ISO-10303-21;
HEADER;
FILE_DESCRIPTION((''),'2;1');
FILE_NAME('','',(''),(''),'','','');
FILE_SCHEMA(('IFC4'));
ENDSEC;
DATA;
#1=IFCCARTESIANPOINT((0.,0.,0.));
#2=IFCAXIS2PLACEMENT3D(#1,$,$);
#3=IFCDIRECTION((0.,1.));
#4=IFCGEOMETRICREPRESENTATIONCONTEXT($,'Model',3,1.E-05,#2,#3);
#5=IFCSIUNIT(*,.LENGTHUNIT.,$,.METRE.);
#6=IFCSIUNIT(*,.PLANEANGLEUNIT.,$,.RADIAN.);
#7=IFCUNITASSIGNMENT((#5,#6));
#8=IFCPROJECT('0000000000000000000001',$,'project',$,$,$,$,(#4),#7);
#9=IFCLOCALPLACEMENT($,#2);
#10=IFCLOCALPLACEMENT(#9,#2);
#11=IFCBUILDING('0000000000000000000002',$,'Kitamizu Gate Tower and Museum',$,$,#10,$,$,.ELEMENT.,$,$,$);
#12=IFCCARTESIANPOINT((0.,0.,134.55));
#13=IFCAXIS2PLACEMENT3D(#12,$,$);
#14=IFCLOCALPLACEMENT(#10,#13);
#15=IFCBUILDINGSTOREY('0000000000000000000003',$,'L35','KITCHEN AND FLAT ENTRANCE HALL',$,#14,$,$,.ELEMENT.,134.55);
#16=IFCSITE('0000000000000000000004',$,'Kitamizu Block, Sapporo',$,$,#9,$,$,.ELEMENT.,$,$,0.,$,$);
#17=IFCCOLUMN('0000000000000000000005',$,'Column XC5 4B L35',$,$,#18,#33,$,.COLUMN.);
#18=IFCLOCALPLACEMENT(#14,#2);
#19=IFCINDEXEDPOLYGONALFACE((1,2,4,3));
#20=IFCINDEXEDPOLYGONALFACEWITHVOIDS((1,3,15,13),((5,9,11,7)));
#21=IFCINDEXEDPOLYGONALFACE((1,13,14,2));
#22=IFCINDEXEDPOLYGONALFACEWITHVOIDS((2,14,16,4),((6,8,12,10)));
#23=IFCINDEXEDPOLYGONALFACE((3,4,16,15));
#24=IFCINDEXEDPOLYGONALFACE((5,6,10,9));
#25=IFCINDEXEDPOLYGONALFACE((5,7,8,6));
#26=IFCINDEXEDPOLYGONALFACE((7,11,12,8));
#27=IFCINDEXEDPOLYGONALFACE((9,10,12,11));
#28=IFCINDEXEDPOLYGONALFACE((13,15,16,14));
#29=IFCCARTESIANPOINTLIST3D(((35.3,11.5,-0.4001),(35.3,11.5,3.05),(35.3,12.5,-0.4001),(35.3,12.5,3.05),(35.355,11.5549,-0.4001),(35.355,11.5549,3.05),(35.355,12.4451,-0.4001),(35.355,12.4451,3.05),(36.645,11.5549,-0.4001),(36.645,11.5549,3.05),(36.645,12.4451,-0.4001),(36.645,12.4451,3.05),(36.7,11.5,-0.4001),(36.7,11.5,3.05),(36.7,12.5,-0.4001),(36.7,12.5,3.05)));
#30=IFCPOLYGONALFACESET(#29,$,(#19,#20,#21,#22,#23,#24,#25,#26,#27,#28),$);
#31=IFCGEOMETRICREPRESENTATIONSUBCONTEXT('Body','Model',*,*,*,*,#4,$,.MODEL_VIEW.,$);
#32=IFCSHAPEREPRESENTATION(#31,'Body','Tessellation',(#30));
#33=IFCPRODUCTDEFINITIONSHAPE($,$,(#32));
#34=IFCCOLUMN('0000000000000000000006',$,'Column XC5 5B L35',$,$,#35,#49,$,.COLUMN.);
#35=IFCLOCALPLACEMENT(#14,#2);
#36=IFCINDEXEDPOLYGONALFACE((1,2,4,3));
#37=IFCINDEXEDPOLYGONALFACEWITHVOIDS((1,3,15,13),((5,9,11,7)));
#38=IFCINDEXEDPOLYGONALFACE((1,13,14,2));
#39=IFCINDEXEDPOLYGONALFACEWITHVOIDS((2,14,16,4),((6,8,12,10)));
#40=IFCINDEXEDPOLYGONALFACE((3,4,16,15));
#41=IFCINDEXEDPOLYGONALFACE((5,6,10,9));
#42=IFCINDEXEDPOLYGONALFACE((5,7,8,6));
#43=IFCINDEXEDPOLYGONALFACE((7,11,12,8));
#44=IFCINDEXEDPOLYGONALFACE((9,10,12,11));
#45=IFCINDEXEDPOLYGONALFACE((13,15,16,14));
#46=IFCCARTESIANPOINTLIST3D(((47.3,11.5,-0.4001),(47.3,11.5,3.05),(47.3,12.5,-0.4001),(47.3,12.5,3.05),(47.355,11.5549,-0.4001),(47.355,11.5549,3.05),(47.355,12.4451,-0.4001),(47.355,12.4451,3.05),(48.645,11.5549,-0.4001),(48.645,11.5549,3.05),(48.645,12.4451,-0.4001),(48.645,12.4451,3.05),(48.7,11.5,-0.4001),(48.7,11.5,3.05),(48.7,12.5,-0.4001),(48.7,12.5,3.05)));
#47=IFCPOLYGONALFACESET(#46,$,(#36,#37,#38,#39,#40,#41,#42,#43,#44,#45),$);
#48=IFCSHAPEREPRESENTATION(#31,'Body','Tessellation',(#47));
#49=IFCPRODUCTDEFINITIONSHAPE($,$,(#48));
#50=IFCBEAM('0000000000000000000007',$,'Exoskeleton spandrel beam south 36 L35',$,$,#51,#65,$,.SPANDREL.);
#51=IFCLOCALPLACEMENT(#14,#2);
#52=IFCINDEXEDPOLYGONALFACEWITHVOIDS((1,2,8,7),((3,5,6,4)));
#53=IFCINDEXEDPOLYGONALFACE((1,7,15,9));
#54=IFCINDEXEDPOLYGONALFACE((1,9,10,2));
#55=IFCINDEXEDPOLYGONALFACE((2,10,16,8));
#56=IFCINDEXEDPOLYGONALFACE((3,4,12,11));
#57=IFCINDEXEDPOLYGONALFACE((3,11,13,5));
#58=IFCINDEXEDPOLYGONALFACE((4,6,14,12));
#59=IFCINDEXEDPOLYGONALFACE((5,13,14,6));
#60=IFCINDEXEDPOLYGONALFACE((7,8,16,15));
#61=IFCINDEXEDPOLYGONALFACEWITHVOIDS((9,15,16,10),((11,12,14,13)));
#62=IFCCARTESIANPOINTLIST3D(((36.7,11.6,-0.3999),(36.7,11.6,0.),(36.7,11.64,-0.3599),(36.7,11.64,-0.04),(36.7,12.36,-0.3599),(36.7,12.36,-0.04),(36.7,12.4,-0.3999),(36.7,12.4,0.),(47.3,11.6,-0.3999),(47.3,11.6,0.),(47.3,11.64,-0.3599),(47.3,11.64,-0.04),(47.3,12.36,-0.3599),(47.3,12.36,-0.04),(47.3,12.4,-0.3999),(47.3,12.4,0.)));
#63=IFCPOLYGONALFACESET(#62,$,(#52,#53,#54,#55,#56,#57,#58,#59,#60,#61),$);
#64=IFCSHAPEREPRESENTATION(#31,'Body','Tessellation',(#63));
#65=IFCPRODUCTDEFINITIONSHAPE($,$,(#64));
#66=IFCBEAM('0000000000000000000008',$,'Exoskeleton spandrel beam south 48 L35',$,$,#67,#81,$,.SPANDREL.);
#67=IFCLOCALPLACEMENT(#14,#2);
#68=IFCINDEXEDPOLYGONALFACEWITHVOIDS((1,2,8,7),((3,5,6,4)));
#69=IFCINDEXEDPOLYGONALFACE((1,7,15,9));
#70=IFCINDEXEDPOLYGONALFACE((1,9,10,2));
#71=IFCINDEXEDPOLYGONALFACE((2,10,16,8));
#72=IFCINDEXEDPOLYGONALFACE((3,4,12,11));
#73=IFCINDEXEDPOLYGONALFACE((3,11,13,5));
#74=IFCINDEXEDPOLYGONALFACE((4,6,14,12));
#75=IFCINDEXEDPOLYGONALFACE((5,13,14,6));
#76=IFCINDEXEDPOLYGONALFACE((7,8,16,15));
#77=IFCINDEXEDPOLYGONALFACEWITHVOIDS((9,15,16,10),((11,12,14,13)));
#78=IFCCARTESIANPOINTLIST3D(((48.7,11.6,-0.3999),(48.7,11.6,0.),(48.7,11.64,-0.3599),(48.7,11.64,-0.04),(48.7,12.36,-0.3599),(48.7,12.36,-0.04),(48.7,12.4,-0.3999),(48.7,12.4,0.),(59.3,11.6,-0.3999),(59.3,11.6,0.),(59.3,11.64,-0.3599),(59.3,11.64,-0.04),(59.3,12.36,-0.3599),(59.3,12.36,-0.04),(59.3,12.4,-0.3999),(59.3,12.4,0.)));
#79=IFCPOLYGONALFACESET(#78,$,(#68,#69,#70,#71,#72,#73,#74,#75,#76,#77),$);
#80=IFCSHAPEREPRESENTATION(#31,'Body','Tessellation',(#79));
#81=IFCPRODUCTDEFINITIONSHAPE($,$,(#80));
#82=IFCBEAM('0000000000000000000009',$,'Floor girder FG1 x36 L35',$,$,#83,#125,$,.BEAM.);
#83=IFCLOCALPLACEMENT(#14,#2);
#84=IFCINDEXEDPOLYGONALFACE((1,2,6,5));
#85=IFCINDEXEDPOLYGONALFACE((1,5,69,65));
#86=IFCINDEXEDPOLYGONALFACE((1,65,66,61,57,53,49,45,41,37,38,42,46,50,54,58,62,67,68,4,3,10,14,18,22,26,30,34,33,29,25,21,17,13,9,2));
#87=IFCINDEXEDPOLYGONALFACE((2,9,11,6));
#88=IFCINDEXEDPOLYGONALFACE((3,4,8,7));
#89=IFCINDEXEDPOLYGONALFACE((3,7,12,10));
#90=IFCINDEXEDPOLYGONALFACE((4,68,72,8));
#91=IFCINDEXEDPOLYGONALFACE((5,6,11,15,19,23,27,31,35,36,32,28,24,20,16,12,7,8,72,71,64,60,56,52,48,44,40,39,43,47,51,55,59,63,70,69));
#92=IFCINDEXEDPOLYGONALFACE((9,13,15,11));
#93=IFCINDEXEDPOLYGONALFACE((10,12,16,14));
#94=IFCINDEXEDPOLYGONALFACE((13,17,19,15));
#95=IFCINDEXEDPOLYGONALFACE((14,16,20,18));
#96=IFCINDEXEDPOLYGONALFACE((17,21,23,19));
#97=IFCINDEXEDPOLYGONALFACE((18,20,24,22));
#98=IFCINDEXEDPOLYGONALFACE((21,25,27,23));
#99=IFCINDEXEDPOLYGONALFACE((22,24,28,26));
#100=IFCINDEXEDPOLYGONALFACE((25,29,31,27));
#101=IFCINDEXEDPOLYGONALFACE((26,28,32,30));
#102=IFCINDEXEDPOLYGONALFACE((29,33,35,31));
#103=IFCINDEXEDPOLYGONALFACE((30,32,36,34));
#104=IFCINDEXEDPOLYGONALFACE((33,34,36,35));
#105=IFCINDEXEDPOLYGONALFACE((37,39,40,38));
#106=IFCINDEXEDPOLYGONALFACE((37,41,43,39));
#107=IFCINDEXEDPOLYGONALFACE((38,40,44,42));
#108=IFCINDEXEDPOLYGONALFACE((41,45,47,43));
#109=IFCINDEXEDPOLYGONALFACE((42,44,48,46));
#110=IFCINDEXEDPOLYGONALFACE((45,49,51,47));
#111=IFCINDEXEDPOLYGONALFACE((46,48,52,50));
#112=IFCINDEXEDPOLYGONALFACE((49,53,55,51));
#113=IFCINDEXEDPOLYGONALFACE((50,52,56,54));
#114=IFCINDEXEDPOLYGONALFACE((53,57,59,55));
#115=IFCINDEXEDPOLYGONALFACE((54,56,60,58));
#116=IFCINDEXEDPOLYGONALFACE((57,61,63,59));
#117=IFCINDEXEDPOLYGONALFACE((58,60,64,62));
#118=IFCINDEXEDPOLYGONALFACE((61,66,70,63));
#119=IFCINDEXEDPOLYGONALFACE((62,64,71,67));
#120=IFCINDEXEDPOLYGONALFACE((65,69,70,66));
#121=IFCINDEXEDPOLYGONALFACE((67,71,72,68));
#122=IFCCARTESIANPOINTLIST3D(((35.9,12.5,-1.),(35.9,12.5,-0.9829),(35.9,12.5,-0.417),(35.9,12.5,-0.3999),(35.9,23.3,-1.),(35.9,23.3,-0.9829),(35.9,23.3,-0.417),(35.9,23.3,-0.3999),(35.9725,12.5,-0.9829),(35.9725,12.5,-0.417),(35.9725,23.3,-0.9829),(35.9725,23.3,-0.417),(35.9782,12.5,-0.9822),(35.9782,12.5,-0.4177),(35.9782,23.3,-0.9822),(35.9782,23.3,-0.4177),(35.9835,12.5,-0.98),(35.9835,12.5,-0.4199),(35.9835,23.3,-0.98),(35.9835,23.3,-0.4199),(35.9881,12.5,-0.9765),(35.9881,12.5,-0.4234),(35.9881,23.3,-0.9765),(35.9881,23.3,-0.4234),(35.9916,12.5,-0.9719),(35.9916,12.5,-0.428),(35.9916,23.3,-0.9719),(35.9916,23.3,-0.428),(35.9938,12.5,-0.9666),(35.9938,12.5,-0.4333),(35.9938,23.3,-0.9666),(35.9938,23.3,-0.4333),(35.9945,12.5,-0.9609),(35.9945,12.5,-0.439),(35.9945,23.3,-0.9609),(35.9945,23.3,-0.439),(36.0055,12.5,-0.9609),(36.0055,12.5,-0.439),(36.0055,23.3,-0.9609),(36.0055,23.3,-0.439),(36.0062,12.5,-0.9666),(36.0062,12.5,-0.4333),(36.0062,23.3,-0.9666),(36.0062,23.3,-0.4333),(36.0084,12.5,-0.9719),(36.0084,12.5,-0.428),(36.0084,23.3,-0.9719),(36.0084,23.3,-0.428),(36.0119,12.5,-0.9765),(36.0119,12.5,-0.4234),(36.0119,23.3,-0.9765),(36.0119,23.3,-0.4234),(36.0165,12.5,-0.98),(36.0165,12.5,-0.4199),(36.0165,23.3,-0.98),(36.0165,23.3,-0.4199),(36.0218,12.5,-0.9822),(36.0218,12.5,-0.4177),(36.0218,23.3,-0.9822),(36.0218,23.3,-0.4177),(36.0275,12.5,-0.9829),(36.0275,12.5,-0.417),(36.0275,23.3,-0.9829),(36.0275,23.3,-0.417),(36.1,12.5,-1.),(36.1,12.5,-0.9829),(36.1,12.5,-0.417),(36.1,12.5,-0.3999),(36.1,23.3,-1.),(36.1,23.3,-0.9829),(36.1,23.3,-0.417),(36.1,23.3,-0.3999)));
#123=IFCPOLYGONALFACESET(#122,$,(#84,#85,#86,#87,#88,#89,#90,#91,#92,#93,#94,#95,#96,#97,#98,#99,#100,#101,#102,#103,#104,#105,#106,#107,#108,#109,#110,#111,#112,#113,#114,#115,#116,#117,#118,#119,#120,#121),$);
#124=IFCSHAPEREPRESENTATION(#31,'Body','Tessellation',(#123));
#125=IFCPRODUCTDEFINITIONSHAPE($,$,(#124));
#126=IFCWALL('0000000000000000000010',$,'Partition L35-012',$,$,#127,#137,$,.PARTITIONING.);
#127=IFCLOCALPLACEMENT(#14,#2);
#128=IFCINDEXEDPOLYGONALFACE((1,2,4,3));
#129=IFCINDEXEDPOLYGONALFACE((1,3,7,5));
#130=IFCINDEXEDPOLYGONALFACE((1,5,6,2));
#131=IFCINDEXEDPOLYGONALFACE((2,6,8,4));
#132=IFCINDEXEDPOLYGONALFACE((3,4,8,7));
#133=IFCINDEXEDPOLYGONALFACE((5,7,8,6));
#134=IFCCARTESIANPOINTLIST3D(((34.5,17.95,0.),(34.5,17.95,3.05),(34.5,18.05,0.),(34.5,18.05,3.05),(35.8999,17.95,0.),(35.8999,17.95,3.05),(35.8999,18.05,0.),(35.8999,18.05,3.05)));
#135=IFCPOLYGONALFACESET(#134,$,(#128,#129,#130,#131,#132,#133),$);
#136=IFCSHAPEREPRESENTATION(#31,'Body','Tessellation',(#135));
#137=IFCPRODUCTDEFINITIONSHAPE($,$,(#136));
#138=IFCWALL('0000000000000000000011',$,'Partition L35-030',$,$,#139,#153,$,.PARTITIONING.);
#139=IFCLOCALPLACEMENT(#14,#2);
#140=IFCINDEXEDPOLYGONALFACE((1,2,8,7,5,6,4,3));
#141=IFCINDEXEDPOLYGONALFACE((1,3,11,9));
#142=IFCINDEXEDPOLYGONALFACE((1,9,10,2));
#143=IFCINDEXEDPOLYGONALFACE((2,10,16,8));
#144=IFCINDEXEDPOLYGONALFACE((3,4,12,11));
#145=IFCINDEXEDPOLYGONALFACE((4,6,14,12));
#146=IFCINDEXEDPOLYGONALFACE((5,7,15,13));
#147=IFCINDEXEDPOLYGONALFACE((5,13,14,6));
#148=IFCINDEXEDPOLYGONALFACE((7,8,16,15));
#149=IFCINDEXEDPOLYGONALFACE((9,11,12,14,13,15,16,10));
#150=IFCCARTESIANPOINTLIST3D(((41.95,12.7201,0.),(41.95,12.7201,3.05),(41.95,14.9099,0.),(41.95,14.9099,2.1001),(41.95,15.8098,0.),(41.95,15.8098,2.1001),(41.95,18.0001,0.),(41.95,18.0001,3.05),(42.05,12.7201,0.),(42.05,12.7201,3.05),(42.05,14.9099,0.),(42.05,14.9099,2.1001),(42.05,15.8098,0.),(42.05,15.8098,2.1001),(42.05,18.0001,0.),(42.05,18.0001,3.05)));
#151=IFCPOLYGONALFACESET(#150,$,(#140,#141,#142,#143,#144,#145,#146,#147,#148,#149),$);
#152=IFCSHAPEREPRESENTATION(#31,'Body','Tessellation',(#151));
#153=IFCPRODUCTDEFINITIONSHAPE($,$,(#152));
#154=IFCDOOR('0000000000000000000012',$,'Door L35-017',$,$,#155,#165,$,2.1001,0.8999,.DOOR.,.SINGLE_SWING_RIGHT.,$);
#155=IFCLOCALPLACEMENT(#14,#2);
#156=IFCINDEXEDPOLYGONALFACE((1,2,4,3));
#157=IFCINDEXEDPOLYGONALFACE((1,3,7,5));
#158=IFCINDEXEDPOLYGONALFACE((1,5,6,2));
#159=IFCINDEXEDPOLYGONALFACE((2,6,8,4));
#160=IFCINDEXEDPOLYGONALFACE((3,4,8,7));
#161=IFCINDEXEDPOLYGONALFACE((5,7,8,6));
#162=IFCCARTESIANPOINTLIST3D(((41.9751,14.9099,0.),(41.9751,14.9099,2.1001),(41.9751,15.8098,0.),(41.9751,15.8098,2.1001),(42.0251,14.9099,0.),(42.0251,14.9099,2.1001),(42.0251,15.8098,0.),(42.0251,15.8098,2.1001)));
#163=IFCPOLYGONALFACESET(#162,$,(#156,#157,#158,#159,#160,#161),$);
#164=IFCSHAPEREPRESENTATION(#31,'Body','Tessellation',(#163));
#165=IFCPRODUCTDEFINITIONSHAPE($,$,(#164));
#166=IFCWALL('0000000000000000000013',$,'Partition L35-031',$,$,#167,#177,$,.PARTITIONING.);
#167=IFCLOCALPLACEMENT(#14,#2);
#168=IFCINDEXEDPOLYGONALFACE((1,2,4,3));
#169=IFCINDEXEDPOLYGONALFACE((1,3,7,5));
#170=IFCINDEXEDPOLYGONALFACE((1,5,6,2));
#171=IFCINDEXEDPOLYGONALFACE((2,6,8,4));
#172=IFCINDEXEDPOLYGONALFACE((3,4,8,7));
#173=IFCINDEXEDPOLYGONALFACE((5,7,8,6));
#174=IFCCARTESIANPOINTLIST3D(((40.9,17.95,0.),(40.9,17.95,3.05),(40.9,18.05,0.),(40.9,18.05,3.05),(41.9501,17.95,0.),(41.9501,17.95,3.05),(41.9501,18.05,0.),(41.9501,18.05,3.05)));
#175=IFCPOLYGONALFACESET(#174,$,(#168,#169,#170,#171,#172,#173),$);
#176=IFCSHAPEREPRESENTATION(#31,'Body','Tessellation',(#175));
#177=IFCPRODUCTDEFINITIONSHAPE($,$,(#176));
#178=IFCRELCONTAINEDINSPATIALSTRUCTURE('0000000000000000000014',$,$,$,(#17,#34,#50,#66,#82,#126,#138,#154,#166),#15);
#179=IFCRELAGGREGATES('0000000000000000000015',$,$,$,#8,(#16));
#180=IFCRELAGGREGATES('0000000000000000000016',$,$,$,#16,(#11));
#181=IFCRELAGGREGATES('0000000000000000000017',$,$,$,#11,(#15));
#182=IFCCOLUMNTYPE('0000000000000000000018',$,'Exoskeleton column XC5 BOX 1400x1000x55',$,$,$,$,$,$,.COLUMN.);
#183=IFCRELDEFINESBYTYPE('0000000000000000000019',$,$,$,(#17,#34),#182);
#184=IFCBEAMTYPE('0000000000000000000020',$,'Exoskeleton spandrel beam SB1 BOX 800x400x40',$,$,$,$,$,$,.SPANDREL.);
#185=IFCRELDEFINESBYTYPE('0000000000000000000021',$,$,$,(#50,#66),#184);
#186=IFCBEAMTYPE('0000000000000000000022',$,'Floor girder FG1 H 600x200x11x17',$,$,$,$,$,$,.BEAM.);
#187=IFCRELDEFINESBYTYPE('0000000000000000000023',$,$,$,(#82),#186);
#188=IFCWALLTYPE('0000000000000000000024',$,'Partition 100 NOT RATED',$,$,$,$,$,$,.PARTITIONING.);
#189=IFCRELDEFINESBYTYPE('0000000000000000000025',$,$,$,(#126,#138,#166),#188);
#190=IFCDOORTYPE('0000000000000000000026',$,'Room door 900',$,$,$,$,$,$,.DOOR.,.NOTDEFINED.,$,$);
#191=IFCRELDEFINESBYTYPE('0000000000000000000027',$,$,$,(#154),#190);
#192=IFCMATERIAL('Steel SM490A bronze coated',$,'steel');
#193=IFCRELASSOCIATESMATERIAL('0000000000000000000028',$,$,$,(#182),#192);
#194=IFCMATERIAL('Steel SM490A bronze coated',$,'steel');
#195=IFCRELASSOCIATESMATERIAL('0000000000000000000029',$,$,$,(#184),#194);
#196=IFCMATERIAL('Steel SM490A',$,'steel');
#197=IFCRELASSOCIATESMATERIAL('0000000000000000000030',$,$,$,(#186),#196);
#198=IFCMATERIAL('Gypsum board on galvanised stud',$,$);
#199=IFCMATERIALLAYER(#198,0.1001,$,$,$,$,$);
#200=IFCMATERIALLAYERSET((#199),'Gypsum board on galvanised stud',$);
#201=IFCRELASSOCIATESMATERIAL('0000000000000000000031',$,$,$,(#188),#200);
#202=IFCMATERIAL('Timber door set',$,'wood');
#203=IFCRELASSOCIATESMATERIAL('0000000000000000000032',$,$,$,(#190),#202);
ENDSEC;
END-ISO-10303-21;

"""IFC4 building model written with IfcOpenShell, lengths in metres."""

from ifc_helpers import new_model, si_unit, direction, frame, frame_2d, origin, origin_2d, place, context, subcontext, project, spatial, rectangle, hollow_rectangle, i_section, extrude, material, layer, layer_set, material_profile, profile_set, type_object, element, fill, save


model = new_model("IFC4")

# Units and contexts
model_context = context("Model", 3, precision=1e-05, world=origin(), true_north=direction((0.0, 1.0)))
body_context = subcontext(model_context, "Body", "Model", "MODEL_VIEW")
ifc_project = project(units=[si_unit("LENGTHUNIT", "METRE"), si_unit("PLANEANGLEUNIT", "RADIAN")], contexts=[model_context])

# Site, building, storey
site_placement = place(None, origin())
site = spatial("IfcSite", under=ifc_project, at=site_placement, Name="Kitamizu Block, Sapporo", CompositionType="ELEMENT", RefElevation=0.0)
building_placement = place(site_placement, origin())
building = spatial("IfcBuilding", under=site, at=building_placement, Name="Kitamizu Gate Tower and Museum", CompositionType="ELEMENT")
storey_placement = place(building_placement, frame((0.0, 0.0, 134.55)))
storey = spatial("IfcBuildingStorey", under=building, at=storey_placement, Name="L35", Description="KITCHEN AND FLAT ENTRANCE HALL", CompositionType="ELEMENT", Elevation=134.55)

# Columns
ifc_material_1 = material(Name="Steel SM490A bronze coated", Category="steel")
ifc_material_profile_1 = material_profile(ifc_material_1, hollow_rectangle(XDim=1.3999, YDim=1.0, WallThickness=0.0549, at=origin_2d()), Name="BOX 1400x1000x55")
ifc_profile_set_1 = profile_set([ifc_material_profile_1], Name="Steel SM490A bronze coated")
column_type = type_object("IfcColumnType", Name="Exoskeleton column XC5 BOX 1400x1000x55", PredefinedType="COLUMN", material=ifc_profile_set_1)
for number, where, z_axis, x_axis, name in (
    (1, (36.0, 12.0, -0.4001), (0.0, 0.0, 1.0), (1.0, 0.0, 0.0), "Column XC5 4B L35"),
    (2, (48.0, 12.0, -0.4001), (0.0, 0.0, 1.0), (1.0, 0.0, 0.0), "Column XC5 5B L35"),
):
    element("IfcColumn", number, at=place(storey_placement, frame(where, z_axis=z_axis, x_axis=x_axis)), inside=storey, type_object=column_type, Name=name, PredefinedType="COLUMN", context=body_context, shape_type="SweptSolid", body=[
        extrude(hollow_rectangle(XDim=1.3999, YDim=1.0, WallThickness=0.0549, at=origin_2d()), origin(), (0.0, 0.0, 1.0), 3.4502),
    ])

# Beams
ifc_material_2 = material(Name="Steel SM490A bronze coated", Category="steel")
ifc_material_profile_2 = material_profile(ifc_material_2, hollow_rectangle(XDim=0.8, YDim=0.3999, WallThickness=0.04, at=origin_2d()), Name="BOX 800x400x40")
ifc_profile_set_2 = profile_set([ifc_material_profile_2], Name="Steel SM490A bronze coated")
beam_type_1 = type_object("IfcBeamType", Name="Exoskeleton spandrel beam SB1 BOX 800x400x40", PredefinedType="SPANDREL", material=ifc_profile_set_2)
for number, where, z_axis, x_axis, name in (
    (3, (36.7, 12.0, -0.2), (1.0, 0.0, 0.0), (0.0, 1.0, 0.0), "Exoskeleton spandrel beam south 36 L35"),
    (4, (48.7, 12.0, -0.2), (1.0, 0.0, 0.0), (0.0, 1.0, 0.0), "Exoskeleton spandrel beam south 48 L35"),
):
    element("IfcBeam", number, at=place(storey_placement, frame(where, z_axis=z_axis, x_axis=x_axis)), inside=storey, type_object=beam_type_1, Name=name, PredefinedType="SPANDREL", context=body_context, shape_type="SweptSolid", body=[
        extrude(hollow_rectangle(XDim=0.8, YDim=0.3999, WallThickness=0.04, at=origin_2d()), origin(), (0.0, 0.0, 1.0), 10.6001),
    ])
ifc_material_3 = material(Name="Steel SM490A", Category="steel")
ifc_material_profile_3 = material_profile(ifc_material_3, i_section(OverallWidth=0.2, OverallDepth=0.6001, WebThickness=0.011, FlangeThickness=0.0171, FilletRadius=0.022, at=origin_2d()), Name="H-600x200x11x17")
ifc_profile_set_3 = profile_set([ifc_material_profile_3], Name="Steel SM490A")
beam_type_2 = type_object("IfcBeamType", Name="Floor girder FG1 H 600x200x11x17", PredefinedType="BEAM", material=ifc_profile_set_3)
beam_placement = place(storey_placement, frame((36.0, 12.5, -0.7), z_axis=(0.0, 1.0, 0.0), x_axis=(-1.0, 0.0, 0.0)))
element("IfcBeam", 5, at=beam_placement, inside=storey, type_object=beam_type_2, Name="Floor girder FG1 x36 L35", PredefinedType="BEAM", context=body_context, shape_type="SweptSolid", body=[
    extrude(i_section(OverallWidth=0.2, OverallDepth=0.6001, WebThickness=0.011, FlangeThickness=0.0171, FilletRadius=0.022, at=origin_2d()), origin(), (0.0, 0.0, 1.0), 10.8),
])

# Wall
ifc_material_4 = material(Name="Gypsum board on galvanised stud")
ifc_layer_1 = layer(ifc_material_4, 0.1001)
ifc_layer_set_1 = layer_set([ifc_layer_1], Name="Gypsum board on galvanised stud")
wall_type_1 = type_object("IfcWallType", Name="Partition 100 NOT RATED", PredefinedType="PARTITIONING", material=ifc_layer_set_1)
wall_1_placement = place(storey_placement, frame((35.8999, 18.0, 0.0), z_axis=(0.0, 0.0, 1.0), x_axis=(-1.0, 0.0, 0.0)))
element("IfcWall", 6, at=wall_1_placement, inside=storey, type_object=wall_type_1, Name="Partition L35-012", PredefinedType="PARTITIONING", context=body_context, shape_type="SweptSolid", body=[
    extrude(rectangle(XDim=1.3999, YDim=0.1001, at=frame_2d((0.7, 0.0))), origin(), (0.0, 0.0, 1.0), 3.05),
])

# Wall, opening, door
wall_2_placement = place(storey_placement, frame((42.0, 12.72, 0.0), z_axis=(0.0, 0.0, 1.0), x_axis=(0.0, 1.0, 0.0)))
wall_2 = element("IfcWall", 7, at=wall_2_placement, inside=storey, type_object=wall_type_1, Name="Partition L35-030", PredefinedType="PARTITIONING", context=body_context, shape_type="SweptSolid", body=[
    extrude(rectangle(XDim=5.28, YDim=0.1001, at=frame_2d((2.6401, 0.0))), origin(), (0.0, 0.0, 1.0), 3.05),
])
opening_1_placement = place(wall_2_placement, frame((2.1899, 0.0, 0.0)))
opening_1 = element("IfcOpeningElement", 8, at=opening_1_placement, cuts=wall_2, PredefinedType="OPENING", context=body_context, shape_type="SweptSolid", body=[
    extrude(rectangle(XDim=0.8999, YDim=2.1001, at=frame_2d((0.45, 1.05))), frame((0.0, 0.0601, 0.0), z_axis=(0.0, -1.0, 0.0), x_axis=(1.0, 0.0, 0.0)), (0.0, 0.0, 1.0), 0.1201),
])
ifc_material_5 = material(Name="Timber door set", Category="wood")
door_type = type_object("IfcDoorType", Name="Room door 900", OperationType="NOTDEFINED", PredefinedType="DOOR", material=ifc_material_5)
door_1_placement = place(opening_1_placement, origin())
door_1 = element("IfcDoor", 9, at=door_1_placement, inside=storey, type_object=door_type, Name="Door L35-017", OperationType="SINGLE_SWING_RIGHT", OverallHeight=2.1001, OverallWidth=0.8999, PredefinedType="DOOR", context=body_context, shape_type="SweptSolid", body=[
    extrude(rectangle(XDim=0.8999, YDim=2.1001, at=frame_2d((0.45, 1.05))), frame((0.0, 0.0249, 0.0), z_axis=(0.0, -1.0, 0.0), x_axis=(1.0, 0.0, 0.0)), (0.0, 0.0, 1.0), 0.05),
])
fill(opening_1, door_1)

# Wall
wall_3_placement = place(storey_placement, frame((41.95, 18.0, 0.0), z_axis=(0.0, 0.0, 1.0), x_axis=(-1.0, 0.0, 0.0)))
element("IfcWall", 10, at=wall_3_placement, inside=storey, type_object=wall_type_1, Name="Partition L35-031", PredefinedType="PARTITIONING", context=body_context, shape_type="SweptSolid", body=[
    extrude(rectangle(XDim=1.05, YDim=0.1001, at=frame_2d((0.5249, 0.0))), origin(), (0.0, 0.0, 1.0), 3.05),
])

save(model, "model.ifc")
